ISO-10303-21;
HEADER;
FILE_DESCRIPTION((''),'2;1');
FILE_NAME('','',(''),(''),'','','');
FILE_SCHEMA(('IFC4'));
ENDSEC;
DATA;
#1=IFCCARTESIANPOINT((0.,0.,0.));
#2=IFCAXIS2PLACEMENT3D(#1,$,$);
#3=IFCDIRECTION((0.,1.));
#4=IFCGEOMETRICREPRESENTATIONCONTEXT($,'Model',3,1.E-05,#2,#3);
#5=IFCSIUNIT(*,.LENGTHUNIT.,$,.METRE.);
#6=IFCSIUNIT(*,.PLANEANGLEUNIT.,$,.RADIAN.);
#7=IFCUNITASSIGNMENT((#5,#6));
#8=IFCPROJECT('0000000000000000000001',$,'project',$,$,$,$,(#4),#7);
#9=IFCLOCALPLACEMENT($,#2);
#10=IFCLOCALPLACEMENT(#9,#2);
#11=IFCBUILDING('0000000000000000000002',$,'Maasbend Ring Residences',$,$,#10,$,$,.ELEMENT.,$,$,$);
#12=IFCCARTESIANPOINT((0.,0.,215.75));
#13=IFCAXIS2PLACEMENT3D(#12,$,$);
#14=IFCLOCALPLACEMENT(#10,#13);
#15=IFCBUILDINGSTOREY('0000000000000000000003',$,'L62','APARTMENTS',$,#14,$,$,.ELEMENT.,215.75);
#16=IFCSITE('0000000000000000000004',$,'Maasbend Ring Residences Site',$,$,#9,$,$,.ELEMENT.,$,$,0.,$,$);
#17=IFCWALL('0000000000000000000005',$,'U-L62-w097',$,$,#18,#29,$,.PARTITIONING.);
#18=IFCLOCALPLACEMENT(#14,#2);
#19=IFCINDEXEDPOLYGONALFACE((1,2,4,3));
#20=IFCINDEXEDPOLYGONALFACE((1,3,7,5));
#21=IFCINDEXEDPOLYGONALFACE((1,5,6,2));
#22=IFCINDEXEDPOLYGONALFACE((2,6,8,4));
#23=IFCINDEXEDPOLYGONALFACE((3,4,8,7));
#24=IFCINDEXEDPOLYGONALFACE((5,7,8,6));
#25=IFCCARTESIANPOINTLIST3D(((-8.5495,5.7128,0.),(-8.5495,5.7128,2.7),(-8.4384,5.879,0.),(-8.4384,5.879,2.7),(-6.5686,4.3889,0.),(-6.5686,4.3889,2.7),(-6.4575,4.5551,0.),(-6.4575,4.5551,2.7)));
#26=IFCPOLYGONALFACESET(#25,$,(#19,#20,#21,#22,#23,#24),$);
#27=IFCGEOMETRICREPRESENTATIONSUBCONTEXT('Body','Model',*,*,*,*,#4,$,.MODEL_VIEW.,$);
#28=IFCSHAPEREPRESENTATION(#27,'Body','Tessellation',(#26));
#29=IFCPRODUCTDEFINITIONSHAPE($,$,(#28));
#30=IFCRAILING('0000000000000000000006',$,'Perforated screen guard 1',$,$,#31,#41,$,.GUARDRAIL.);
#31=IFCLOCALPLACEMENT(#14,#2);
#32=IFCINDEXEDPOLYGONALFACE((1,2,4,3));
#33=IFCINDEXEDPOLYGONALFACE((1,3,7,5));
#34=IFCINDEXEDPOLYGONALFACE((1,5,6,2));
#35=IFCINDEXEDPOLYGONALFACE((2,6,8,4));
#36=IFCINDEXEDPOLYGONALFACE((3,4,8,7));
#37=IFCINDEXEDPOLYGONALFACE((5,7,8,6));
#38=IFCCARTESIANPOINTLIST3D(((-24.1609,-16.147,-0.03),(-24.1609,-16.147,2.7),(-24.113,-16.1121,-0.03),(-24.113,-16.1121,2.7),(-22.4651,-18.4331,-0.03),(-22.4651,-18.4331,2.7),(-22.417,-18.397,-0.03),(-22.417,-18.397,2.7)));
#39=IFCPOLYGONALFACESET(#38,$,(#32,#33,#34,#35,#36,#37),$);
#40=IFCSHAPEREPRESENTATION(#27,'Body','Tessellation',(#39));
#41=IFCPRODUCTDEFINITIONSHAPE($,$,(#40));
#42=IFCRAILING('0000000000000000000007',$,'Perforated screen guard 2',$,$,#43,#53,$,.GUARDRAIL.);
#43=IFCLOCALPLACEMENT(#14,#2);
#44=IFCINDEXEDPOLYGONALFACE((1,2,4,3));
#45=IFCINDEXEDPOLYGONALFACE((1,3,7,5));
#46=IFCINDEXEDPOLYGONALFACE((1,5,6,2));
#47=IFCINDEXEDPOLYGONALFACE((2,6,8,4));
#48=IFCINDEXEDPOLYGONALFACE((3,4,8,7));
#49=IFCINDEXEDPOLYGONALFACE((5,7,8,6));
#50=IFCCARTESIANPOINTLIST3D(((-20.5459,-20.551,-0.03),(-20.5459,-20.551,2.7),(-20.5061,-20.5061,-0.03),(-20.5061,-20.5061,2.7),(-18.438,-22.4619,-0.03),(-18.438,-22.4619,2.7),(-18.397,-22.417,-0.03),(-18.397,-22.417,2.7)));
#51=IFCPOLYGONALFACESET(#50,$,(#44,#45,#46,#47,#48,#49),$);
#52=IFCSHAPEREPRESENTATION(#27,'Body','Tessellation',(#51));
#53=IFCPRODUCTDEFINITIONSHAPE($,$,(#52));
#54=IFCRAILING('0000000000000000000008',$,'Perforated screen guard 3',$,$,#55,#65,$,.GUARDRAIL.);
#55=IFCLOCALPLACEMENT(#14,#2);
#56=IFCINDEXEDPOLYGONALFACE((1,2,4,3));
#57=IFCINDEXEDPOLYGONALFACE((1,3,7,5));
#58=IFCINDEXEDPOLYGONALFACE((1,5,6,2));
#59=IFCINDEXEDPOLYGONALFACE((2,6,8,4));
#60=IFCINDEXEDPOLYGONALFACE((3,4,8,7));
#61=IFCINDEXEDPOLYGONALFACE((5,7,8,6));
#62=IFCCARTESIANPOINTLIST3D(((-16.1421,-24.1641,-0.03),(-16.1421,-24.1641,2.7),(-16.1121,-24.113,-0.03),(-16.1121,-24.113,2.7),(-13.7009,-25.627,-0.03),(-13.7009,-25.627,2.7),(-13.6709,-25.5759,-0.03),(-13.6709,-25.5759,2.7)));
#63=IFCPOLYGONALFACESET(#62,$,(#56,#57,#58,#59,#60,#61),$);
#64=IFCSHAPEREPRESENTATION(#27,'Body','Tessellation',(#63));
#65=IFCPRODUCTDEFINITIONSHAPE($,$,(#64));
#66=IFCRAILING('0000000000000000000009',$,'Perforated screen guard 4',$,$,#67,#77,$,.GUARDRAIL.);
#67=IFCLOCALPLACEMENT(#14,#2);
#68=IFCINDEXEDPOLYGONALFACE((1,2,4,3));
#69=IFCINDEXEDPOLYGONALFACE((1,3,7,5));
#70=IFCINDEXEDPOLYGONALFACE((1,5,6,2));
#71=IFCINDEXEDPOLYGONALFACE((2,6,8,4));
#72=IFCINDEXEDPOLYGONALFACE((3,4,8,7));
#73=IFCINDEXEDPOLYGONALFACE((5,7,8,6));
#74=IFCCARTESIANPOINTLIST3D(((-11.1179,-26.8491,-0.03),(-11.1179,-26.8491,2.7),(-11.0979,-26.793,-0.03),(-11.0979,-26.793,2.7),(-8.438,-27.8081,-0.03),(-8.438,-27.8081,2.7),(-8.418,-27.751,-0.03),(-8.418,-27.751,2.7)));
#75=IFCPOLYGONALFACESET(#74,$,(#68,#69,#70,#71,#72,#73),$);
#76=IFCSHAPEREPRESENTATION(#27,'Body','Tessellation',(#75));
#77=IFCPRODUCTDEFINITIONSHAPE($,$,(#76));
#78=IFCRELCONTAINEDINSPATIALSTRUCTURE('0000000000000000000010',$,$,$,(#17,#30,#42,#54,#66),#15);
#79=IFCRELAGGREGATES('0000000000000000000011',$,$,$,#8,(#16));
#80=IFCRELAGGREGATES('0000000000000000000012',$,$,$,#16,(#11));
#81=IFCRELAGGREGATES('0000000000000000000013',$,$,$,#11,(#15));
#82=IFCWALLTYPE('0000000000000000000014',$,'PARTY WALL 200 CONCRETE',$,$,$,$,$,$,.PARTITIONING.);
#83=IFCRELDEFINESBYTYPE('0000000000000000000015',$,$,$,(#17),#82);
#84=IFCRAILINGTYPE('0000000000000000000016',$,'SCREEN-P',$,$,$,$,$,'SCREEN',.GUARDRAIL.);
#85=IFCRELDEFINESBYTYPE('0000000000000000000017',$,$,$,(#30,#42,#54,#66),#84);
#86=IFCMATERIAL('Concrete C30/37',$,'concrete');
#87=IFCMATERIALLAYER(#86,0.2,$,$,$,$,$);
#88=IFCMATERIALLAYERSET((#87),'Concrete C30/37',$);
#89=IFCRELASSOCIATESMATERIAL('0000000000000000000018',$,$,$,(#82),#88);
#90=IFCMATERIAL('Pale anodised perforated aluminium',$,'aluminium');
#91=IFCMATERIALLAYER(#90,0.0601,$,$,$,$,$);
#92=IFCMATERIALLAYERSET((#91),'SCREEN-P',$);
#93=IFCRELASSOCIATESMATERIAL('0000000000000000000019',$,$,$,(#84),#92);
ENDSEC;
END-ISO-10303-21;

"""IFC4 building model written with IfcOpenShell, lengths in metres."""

from ifc_helpers import new_model, si_unit, direction, frame, frame_2d, origin, place, context, subcontext, project, spatial, polyline, rectangle, outline, extrude, material, layer, layer_set, type_object, element, save


model = new_model("IFC4")

# Units and contexts
model_context = context("Model", 3, precision=1e-05, world=origin(), true_north=direction((0.0, 1.0)))
body_context = subcontext(model_context, "Body", "Model", "MODEL_VIEW")
ifc_project = project(units=[si_unit("LENGTHUNIT", "METRE"), si_unit("PLANEANGLEUNIT", "RADIAN")], contexts=[model_context])

# Site, building, storey
site_placement = place(None, origin())
site = spatial("IfcSite", under=ifc_project, at=site_placement, Name="Maasbend Ring Residences Site", CompositionType="ELEMENT", RefElevation=0.0)
building_placement = place(site_placement, origin())
building = spatial("IfcBuilding", under=site, at=building_placement, Name="Maasbend Ring Residences", CompositionType="ELEMENT")
storey_placement = place(building_placement, frame((0.0, 0.0, 215.75)))
storey = spatial("IfcBuildingStorey", under=building, at=storey_placement, Name="L62", Description="APARTMENTS", CompositionType="ELEMENT", Elevation=215.75)

# Wall
ifc_material_1 = material(Name="Concrete C30/37", Category="concrete")
ifc_layer_1 = layer(ifc_material_1, 0.2)
ifc_layer_set_1 = layer_set([ifc_layer_1], Name="Concrete C30/37")
wall_type = type_object("IfcWallType", Name="PARTY WALL 200 CONCRETE", PredefinedType="PARTITIONING", material=ifc_layer_set_1)
wall_placement = place(storey_placement, frame((-6.5129, 4.4719, 0.0), z_axis=(0.0, 0.0, 1.0), x_axis=(-0.831403, 0.555669, 0.0)))
element("IfcWall", 1, at=wall_placement, inside=storey, type_object=wall_type, Name="U-L62-w097", PredefinedType="PARTITIONING", context=body_context, shape_type="SweptSolid", body=[
    extrude(rectangle(XDim=2.3826, YDim=0.2, at=frame_2d((1.1914, 0.0))), origin(), (0.0, 0.0, 1.0), 2.7),
])

# Railings
ifc_material_2 = material(Name="Pale anodised perforated aluminium", Category="aluminium")
ifc_layer_2 = layer(ifc_material_2, 0.0601)
ifc_layer_set_2 = layer_set([ifc_layer_2], Name="SCREEN-P")
railing_type = type_object("IfcRailingType", Name="SCREEN-P", ElementType="SCREEN", PredefinedType="GUARDRAIL", material=ifc_layer_set_2)
railing_1_placement = place(storey_placement, frame((0.0, 0.0, -0.03)))
element("IfcRailing", 2, at=railing_1_placement, inside=storey, type_object=railing_type, Name="Perforated screen guard 1", PredefinedType="GUARDRAIL", context=body_context, shape_type="SweptSolid", body=[
    extrude(outline(polyline([(-24.113, -16.1121), (-22.417, -18.397), (-22.4651, -18.4331), (-24.1609, -16.147), (-24.113, -16.1121)])), origin(), (0.0, 0.0, 1.0), 2.73),
])
railing_2_placement = place(storey_placement, frame((0.0, 0.0, -0.03)))
element("IfcRailing", 3, at=railing_2_placement, inside=storey, type_object=railing_type, Name="Perforated screen guard 2", PredefinedType="GUARDRAIL", context=body_context, shape_type="SweptSolid", body=[
    extrude(outline(polyline([(-20.5061, -20.5061), (-18.397, -22.417), (-18.438, -22.4619), (-20.5459, -20.551), (-20.5061, -20.5061)])), origin(), (0.0, 0.0, 1.0), 2.73),
])
railing_3_placement = place(storey_placement, frame((0.0, 0.0, -0.03)))
element("IfcRailing", 4, at=railing_3_placement, inside=storey, type_object=railing_type, Name="Perforated screen guard 3", PredefinedType="GUARDRAIL", context=body_context, shape_type="SweptSolid", body=[
    extrude(outline(polyline([(-16.1121, -24.113), (-13.6709, -25.5759), (-13.7009, -25.627), (-16.1421, -24.1641), (-16.1121, -24.113)])), origin(), (0.0, 0.0, 1.0), 2.73),
])
railing_4_placement = place(storey_placement, frame((0.0, 0.0, -0.03)))
element("IfcRailing", 5, at=railing_4_placement, inside=storey, type_object=railing_type, Name="Perforated screen guard 4", PredefinedType="GUARDRAIL", context=body_context, shape_type="SweptSolid", body=[
    extrude(outline(polyline([(-11.0979, -26.793), (-8.418, -27.751), (-8.438, -27.8081), (-11.1179, -26.8491), (-11.0979, -26.793)])), origin(), (0.0, 0.0, 1.0), 2.73),
])

save(model, "model.ifc")
